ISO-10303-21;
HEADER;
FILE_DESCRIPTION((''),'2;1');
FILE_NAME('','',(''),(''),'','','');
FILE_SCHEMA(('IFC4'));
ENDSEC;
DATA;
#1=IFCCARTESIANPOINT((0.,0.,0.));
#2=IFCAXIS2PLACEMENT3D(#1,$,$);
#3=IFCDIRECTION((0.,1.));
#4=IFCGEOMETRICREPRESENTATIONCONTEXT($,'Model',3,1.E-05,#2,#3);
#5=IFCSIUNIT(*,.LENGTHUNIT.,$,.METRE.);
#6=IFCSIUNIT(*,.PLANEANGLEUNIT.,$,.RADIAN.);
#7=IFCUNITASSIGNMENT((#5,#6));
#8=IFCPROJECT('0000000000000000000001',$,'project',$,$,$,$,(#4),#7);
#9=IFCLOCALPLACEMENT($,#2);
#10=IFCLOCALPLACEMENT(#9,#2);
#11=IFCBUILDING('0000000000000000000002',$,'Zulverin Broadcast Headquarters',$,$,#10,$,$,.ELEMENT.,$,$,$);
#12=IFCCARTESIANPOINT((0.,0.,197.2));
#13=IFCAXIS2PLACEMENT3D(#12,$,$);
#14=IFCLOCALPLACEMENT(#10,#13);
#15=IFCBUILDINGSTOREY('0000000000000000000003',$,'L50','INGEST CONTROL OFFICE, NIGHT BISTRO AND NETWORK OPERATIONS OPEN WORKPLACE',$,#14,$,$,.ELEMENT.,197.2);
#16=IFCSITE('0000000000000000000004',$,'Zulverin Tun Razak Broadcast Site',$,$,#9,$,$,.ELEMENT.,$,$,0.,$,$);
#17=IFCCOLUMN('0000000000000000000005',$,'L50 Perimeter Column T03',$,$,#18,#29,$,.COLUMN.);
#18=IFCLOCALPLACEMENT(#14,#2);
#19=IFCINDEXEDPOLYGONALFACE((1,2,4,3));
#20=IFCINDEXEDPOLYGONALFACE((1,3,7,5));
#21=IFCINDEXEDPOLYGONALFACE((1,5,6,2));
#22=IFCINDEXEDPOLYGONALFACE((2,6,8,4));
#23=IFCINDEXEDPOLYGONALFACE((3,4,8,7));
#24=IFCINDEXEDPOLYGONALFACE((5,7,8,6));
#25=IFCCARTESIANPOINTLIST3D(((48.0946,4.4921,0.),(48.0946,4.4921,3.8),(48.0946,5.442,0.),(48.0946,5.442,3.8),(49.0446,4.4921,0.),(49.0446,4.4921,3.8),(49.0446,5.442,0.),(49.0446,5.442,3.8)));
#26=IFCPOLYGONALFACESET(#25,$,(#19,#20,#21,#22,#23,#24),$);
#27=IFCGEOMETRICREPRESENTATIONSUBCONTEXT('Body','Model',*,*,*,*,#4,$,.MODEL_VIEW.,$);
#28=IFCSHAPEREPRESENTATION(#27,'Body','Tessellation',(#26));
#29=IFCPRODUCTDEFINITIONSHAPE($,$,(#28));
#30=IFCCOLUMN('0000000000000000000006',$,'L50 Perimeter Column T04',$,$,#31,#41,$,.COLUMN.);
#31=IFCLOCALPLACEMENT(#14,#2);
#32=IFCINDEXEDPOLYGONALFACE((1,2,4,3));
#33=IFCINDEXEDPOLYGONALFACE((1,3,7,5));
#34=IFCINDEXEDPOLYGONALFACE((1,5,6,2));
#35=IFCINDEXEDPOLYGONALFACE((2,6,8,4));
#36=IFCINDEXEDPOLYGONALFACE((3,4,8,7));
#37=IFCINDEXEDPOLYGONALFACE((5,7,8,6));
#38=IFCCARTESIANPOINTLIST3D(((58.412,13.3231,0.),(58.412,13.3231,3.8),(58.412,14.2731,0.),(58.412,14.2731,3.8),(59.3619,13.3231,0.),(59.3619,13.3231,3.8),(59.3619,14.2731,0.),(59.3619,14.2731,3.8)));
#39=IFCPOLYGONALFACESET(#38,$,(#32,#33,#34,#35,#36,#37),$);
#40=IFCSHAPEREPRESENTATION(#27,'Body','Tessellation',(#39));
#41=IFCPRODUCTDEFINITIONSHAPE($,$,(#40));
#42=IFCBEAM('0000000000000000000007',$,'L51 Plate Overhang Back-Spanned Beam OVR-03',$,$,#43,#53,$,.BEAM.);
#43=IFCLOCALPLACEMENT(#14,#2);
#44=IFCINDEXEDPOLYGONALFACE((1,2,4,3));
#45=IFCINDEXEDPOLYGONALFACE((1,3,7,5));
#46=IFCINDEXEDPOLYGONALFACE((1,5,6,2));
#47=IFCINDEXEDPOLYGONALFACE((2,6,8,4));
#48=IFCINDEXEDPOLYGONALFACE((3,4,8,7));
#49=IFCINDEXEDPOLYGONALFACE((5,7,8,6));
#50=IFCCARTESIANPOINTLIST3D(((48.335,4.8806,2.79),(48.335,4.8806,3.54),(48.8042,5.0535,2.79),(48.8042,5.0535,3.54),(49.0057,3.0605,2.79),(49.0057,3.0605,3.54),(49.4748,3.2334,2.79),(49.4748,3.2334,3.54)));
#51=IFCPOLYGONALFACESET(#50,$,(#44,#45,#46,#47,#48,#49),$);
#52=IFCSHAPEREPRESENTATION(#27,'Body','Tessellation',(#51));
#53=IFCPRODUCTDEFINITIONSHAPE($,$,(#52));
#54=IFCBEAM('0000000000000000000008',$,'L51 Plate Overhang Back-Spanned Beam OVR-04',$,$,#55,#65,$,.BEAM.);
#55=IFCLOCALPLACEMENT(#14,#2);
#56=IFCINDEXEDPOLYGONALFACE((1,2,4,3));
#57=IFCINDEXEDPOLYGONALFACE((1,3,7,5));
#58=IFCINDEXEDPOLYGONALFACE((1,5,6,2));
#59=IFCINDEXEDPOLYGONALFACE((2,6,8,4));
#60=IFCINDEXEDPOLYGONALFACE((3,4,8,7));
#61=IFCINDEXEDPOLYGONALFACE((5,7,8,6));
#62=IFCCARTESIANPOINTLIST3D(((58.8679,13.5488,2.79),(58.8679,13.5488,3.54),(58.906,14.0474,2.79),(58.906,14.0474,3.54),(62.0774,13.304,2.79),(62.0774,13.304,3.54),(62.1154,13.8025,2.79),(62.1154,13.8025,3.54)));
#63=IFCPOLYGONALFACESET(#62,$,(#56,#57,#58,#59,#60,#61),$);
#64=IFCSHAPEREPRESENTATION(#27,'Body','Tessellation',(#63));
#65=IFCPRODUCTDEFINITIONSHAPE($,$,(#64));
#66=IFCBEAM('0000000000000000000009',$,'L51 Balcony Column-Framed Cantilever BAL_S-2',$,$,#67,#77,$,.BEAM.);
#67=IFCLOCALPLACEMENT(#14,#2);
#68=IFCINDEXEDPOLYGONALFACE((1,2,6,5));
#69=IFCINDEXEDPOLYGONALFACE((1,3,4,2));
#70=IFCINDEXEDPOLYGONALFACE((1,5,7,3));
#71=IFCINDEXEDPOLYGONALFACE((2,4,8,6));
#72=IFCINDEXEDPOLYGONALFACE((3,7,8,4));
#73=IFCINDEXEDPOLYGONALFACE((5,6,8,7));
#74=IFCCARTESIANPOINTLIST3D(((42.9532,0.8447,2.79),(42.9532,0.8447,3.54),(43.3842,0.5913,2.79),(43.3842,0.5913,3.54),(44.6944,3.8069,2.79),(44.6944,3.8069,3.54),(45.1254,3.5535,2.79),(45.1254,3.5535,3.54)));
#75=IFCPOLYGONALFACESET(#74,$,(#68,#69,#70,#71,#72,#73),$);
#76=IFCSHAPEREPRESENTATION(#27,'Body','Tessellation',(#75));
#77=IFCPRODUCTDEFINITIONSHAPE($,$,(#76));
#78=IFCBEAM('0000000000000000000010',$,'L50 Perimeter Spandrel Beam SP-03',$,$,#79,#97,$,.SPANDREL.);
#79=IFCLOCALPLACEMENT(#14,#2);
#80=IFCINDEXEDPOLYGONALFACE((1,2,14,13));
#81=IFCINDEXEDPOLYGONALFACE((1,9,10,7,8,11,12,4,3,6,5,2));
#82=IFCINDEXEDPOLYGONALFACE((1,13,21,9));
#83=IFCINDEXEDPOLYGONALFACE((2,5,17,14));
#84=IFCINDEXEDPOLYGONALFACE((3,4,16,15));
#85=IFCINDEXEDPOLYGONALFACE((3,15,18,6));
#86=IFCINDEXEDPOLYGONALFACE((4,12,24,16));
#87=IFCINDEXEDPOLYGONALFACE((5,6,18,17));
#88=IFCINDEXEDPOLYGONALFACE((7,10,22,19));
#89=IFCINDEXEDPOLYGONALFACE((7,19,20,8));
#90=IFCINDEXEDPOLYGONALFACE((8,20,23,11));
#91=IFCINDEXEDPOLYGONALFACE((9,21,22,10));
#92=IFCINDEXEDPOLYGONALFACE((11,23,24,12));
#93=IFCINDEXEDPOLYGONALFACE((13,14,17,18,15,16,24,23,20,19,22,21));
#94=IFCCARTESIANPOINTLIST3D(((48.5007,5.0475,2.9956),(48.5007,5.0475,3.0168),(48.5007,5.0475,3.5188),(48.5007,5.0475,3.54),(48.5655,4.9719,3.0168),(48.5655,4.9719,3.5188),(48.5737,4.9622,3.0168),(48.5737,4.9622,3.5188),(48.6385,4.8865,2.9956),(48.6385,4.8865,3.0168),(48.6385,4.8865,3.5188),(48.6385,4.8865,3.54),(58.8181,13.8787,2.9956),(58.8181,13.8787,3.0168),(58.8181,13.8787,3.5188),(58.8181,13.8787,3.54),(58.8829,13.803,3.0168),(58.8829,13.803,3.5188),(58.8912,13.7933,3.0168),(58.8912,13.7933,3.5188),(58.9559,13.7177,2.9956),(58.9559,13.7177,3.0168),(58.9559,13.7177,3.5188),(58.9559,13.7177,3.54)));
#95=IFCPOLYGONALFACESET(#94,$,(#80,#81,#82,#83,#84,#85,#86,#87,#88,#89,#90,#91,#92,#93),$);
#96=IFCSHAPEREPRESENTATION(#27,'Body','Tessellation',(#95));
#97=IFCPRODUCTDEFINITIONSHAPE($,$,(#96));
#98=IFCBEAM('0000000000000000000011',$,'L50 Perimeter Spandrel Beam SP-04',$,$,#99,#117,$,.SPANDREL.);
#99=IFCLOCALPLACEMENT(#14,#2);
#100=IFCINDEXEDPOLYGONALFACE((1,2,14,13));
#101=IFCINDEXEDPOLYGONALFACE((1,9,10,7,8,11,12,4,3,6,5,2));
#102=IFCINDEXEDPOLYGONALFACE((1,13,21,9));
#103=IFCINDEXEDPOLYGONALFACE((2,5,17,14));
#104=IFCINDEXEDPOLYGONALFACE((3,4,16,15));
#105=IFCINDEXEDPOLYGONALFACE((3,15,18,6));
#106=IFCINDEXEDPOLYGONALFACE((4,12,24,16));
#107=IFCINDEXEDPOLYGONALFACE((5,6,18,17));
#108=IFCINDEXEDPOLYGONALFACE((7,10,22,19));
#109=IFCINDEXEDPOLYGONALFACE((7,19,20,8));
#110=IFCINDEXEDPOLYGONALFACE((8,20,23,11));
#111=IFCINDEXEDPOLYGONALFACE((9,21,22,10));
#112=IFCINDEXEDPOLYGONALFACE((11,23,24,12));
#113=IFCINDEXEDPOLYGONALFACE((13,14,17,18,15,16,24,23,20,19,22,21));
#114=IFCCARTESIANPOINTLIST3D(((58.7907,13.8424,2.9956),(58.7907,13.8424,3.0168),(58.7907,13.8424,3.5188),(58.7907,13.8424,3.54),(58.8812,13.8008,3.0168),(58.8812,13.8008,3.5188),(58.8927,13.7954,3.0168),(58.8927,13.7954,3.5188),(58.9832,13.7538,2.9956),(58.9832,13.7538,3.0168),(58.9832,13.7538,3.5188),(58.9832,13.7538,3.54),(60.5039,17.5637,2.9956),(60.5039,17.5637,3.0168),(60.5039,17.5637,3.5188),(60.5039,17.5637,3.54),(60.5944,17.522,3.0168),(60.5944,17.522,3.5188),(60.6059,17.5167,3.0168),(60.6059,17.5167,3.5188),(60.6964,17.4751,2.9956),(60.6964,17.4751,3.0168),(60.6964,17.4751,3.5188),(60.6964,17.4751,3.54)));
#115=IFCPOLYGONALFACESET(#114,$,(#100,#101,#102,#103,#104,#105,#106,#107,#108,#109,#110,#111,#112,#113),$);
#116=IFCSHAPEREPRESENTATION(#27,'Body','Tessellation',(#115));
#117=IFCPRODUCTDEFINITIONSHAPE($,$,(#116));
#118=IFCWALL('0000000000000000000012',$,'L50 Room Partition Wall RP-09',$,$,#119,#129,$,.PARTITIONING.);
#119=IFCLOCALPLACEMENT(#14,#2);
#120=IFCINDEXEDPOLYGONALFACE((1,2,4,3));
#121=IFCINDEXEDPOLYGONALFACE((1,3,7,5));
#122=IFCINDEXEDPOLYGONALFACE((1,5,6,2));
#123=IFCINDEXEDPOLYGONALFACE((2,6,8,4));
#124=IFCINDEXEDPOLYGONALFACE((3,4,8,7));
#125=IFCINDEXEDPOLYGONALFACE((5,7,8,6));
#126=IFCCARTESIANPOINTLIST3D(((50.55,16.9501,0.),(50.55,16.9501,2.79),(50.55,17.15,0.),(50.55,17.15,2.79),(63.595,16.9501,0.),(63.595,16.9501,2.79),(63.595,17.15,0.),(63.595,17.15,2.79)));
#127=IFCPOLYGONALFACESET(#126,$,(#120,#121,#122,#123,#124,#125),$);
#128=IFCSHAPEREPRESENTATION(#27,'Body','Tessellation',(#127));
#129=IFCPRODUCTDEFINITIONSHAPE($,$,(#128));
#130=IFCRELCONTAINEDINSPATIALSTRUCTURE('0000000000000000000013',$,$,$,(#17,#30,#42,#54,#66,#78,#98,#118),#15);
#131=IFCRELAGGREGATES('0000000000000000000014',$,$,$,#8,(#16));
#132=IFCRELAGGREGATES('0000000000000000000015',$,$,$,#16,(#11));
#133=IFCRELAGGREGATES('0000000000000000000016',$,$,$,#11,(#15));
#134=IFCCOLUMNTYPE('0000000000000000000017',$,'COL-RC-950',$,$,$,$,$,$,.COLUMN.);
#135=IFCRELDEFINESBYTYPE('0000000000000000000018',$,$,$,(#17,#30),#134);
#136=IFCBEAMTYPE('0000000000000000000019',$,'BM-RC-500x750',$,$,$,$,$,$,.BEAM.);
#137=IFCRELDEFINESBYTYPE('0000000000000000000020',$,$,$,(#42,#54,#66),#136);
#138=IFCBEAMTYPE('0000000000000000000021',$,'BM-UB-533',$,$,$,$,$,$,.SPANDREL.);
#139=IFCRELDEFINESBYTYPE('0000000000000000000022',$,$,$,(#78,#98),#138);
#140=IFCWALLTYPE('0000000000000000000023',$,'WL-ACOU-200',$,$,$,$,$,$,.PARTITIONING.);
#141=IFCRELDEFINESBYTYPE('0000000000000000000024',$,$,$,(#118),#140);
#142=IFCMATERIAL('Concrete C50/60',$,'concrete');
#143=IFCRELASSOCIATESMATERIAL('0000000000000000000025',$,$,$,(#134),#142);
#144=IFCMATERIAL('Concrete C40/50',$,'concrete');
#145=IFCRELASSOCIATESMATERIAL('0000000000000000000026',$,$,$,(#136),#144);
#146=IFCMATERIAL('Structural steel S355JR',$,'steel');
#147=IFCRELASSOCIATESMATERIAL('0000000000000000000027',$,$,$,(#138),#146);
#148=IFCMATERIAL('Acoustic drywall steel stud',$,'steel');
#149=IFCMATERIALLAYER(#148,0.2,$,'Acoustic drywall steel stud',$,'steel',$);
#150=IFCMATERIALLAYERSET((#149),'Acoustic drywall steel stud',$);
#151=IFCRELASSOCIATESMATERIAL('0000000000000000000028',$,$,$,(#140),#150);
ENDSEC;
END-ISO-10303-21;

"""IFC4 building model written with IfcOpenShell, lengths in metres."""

from ifc_helpers import new_model, si_unit, direction, frame, frame_2d, origin, origin_2d, place, context, subcontext, project, spatial, rectangle, i_section, extrude, material, layer, layer_set, material_profile, profile_set, type_object, element, save


model = new_model("IFC4")

# Units and contexts
model_context = context("Model", 3, precision=1e-05, world=origin(), true_north=direction((0.0, 1.0)))
body_context = subcontext(model_context, "Body", "Model", "MODEL_VIEW")
ifc_project = project(units=[si_unit("LENGTHUNIT", "METRE"), si_unit("PLANEANGLEUNIT", "RADIAN")], contexts=[model_context])

# Site, building, storey
site_placement = place(None, origin())
site = spatial("IfcSite", under=ifc_project, at=site_placement, Name="Zulverin Tun Razak Broadcast Site", CompositionType="ELEMENT", RefElevation=0.0)
building_placement = place(site_placement, origin())
building = spatial("IfcBuilding", under=site, at=building_placement, Name="Zulverin Broadcast Headquarters", CompositionType="ELEMENT")
storey_placement = place(building_placement, frame((0.0, 0.0, 197.2)))
storey = spatial("IfcBuildingStorey", under=building, at=storey_placement, Name="L50", Description="INGEST CONTROL OFFICE, NIGHT BISTRO AND NETWORK OPERATIONS OPEN WORKPLACE", CompositionType="ELEMENT", Elevation=197.2)

# Columns
ifc_material_1 = material(Name="Concrete C50/60", Category="concrete")
ifc_material_profile_1 = material_profile(ifc_material_1, rectangle(XDim=0.95, YDim=0.95, at=origin_2d()), Name="Concrete C50/60", Category="concrete")
ifc_profile_set_1 = profile_set([ifc_material_profile_1], Name="Concrete C50/60")
column_type = type_object("IfcColumnType", Name="COL-RC-950", PredefinedType="COLUMN", material=ifc_profile_set_1)
for number, where, z_axis, x_axis, name in (
    (1, (48.5696, 4.967, 0.0), (0.0, 0.0, 1.0), (1.0, 0.0, 0.0), "L50 Perimeter Column T03"),
    (2, (58.887, 13.7981, 0.0), (0.0, 0.0, 1.0), (1.0, 0.0, 0.0), "L50 Perimeter Column T04"),
):
    element("IfcColumn", number, at=place(storey_placement, frame(where, z_axis=z_axis, x_axis=x_axis)), inside=storey, type_object=column_type, Name=name, PredefinedType="COLUMN", context=body_context, shape_type="SweptSolid", body=[
        extrude(rectangle(XDim=0.95, YDim=0.95, at=origin_2d()), origin(), (0.0, 0.0, 1.0), 3.8),
    ])

# Beams
ifc_material_2 = material(Name="Concrete C40/50", Category="concrete")
ifc_material_profile_2 = material_profile(ifc_material_2, rectangle(XDim=0.5, YDim=0.75, at=origin_2d()), Name="Concrete C40/50", Category="concrete")
ifc_profile_set_2 = profile_set([ifc_material_profile_2], Name="Concrete C40/50")
beam_type_1 = type_object("IfcBeamType", Name="BM-RC-500x750", PredefinedType="BEAM", material=ifc_profile_set_2)
beam_1_placement = place(storey_placement, frame((48.5696, 4.967, 3.165), z_axis=(0.345752, -0.938326, 0.0), x_axis=(0.938326, 0.345752, 0.0)))
element("IfcBeam", 3, at=beam_1_placement, inside=storey, type_object=beam_type_1, Name="L51 Plate Overhang Back-Spanned Beam OVR-03", PredefinedType="BEAM", context=body_context, shape_type="SweptSolid", body=[
    extrude(rectangle(XDim=0.5, YDim=0.75, at=origin_2d()), origin(), (0.0, 0.0, 1.0), 1.9397),
])
beam_2_placement = place(storey_placement, frame((58.887, 13.7981, 3.165), z_axis=(0.997102, -0.076076, 0.0), x_axis=(0.076076, 0.997102, 0.0)))
element("IfcBeam", 4, at=beam_2_placement, inside=storey, type_object=beam_type_1, Name="L51 Plate Overhang Back-Spanned Beam OVR-04", PredefinedType="BEAM", context=body_context, shape_type="SweptSolid", body=[
    extrude(rectangle(XDim=0.5, YDim=0.75, at=origin_2d()), origin(), (0.0, 0.0, 1.0), 3.2188),
])
beam_3_placement = place(storey_placement, frame((44.9099, 3.6802, 3.165), z_axis=(-0.506753, -0.862091, 0.0), x_axis=(0.862091, -0.506753, 0.0)))
element("IfcBeam", 5, at=beam_3_placement, inside=storey, type_object=beam_type_1, Name="L51 Balcony Column-Framed Cantilever BAL_S-2", PredefinedType="BEAM", context=body_context, shape_type="SweptSolid", body=[
    extrude(rectangle(XDim=0.5, YDim=0.75, at=origin_2d()), origin(), (0.0, 0.0, 1.0), 3.436),
])
ifc_material_3 = material(Name="Structural steel S355JR", Category="steel")
ifc_material_profile_3 = material_profile(ifc_material_3, i_section(OverallWidth=0.2119, OverallDepth=0.5444, WebThickness=0.0127, FlangeThickness=0.0212, at=origin_2d()), Name="Structural steel S355JR", Category="steel")
ifc_profile_set_3 = profile_set([ifc_material_profile_3], Name="Structural steel S355JR")
beam_type_2 = type_object("IfcBeamType", Name="BM-UB-533", PredefinedType="SPANDREL", material=ifc_profile_set_3)
beam_4_placement = place(storey_placement, frame((48.5696, 4.967, 3.2678), z_axis=(0.759708, 0.650264, 0.0), x_axis=(-0.650264, 0.759708, 0.0)))
element("IfcBeam", 6, at=beam_4_placement, inside=storey, type_object=beam_type_2, Name="L50 Perimeter Spandrel Beam SP-03", PredefinedType="SPANDREL", context=body_context, shape_type="SweptSolid", body=[
    extrude(i_section(OverallWidth=0.2119, OverallDepth=0.5444, WebThickness=0.0127, FlangeThickness=0.0212, at=origin_2d()), origin(), (0.0, 0.0, 1.0), 13.5808),
])
beam_5_placement = place(storey_placement, frame((58.887, 13.7981, 3.2678), z_axis=(0.418185, 0.908362, 0.0), x_axis=(-0.908362, 0.418185, 0.0)))
element("IfcBeam", 7, at=beam_5_placement, inside=storey, type_object=beam_type_2, Name="L50 Perimeter Spandrel Beam SP-04", PredefinedType="SPANDREL", context=body_context, shape_type="SweptSolid", body=[
    extrude(i_section(OverallWidth=0.2119, OverallDepth=0.5444, WebThickness=0.0127, FlangeThickness=0.0212, at=origin_2d()), origin(), (0.0, 0.0, 1.0), 4.0967),
])

# Wall
ifc_material_4 = material(Name="Acoustic drywall steel stud", Category="steel")
ifc_layer_1 = layer(ifc_material_4, 0.2, Name="Acoustic drywall steel stud", Category="steel")
ifc_layer_set_1 = layer_set([ifc_layer_1], Name="Acoustic drywall steel stud")
wall_type_1 = type_object("IfcWallType", Name="WL-ACOU-200", PredefinedType="PARTITIONING", material=ifc_layer_set_1)
wall_1_placement = place(storey_placement, frame((50.55, 17.05, 0.0), z_axis=(0.0, 0.0, 1.0), x_axis=(1.0, 0.0, 0.0)))
element("IfcWall", 8, at=wall_1_placement, inside=storey, type_object=wall_type_1, Name="L50 Room Partition Wall RP-09", PredefinedType="PARTITIONING", context=body_context, shape_type="SweptSolid", body=[
    extrude(rectangle(XDim=13.0449, YDim=0.2, at=frame_2d((6.5225, 0.0))), origin(), (0.0, 0.0, 1.0), 2.79),
])

save(model, "model.ifc")
